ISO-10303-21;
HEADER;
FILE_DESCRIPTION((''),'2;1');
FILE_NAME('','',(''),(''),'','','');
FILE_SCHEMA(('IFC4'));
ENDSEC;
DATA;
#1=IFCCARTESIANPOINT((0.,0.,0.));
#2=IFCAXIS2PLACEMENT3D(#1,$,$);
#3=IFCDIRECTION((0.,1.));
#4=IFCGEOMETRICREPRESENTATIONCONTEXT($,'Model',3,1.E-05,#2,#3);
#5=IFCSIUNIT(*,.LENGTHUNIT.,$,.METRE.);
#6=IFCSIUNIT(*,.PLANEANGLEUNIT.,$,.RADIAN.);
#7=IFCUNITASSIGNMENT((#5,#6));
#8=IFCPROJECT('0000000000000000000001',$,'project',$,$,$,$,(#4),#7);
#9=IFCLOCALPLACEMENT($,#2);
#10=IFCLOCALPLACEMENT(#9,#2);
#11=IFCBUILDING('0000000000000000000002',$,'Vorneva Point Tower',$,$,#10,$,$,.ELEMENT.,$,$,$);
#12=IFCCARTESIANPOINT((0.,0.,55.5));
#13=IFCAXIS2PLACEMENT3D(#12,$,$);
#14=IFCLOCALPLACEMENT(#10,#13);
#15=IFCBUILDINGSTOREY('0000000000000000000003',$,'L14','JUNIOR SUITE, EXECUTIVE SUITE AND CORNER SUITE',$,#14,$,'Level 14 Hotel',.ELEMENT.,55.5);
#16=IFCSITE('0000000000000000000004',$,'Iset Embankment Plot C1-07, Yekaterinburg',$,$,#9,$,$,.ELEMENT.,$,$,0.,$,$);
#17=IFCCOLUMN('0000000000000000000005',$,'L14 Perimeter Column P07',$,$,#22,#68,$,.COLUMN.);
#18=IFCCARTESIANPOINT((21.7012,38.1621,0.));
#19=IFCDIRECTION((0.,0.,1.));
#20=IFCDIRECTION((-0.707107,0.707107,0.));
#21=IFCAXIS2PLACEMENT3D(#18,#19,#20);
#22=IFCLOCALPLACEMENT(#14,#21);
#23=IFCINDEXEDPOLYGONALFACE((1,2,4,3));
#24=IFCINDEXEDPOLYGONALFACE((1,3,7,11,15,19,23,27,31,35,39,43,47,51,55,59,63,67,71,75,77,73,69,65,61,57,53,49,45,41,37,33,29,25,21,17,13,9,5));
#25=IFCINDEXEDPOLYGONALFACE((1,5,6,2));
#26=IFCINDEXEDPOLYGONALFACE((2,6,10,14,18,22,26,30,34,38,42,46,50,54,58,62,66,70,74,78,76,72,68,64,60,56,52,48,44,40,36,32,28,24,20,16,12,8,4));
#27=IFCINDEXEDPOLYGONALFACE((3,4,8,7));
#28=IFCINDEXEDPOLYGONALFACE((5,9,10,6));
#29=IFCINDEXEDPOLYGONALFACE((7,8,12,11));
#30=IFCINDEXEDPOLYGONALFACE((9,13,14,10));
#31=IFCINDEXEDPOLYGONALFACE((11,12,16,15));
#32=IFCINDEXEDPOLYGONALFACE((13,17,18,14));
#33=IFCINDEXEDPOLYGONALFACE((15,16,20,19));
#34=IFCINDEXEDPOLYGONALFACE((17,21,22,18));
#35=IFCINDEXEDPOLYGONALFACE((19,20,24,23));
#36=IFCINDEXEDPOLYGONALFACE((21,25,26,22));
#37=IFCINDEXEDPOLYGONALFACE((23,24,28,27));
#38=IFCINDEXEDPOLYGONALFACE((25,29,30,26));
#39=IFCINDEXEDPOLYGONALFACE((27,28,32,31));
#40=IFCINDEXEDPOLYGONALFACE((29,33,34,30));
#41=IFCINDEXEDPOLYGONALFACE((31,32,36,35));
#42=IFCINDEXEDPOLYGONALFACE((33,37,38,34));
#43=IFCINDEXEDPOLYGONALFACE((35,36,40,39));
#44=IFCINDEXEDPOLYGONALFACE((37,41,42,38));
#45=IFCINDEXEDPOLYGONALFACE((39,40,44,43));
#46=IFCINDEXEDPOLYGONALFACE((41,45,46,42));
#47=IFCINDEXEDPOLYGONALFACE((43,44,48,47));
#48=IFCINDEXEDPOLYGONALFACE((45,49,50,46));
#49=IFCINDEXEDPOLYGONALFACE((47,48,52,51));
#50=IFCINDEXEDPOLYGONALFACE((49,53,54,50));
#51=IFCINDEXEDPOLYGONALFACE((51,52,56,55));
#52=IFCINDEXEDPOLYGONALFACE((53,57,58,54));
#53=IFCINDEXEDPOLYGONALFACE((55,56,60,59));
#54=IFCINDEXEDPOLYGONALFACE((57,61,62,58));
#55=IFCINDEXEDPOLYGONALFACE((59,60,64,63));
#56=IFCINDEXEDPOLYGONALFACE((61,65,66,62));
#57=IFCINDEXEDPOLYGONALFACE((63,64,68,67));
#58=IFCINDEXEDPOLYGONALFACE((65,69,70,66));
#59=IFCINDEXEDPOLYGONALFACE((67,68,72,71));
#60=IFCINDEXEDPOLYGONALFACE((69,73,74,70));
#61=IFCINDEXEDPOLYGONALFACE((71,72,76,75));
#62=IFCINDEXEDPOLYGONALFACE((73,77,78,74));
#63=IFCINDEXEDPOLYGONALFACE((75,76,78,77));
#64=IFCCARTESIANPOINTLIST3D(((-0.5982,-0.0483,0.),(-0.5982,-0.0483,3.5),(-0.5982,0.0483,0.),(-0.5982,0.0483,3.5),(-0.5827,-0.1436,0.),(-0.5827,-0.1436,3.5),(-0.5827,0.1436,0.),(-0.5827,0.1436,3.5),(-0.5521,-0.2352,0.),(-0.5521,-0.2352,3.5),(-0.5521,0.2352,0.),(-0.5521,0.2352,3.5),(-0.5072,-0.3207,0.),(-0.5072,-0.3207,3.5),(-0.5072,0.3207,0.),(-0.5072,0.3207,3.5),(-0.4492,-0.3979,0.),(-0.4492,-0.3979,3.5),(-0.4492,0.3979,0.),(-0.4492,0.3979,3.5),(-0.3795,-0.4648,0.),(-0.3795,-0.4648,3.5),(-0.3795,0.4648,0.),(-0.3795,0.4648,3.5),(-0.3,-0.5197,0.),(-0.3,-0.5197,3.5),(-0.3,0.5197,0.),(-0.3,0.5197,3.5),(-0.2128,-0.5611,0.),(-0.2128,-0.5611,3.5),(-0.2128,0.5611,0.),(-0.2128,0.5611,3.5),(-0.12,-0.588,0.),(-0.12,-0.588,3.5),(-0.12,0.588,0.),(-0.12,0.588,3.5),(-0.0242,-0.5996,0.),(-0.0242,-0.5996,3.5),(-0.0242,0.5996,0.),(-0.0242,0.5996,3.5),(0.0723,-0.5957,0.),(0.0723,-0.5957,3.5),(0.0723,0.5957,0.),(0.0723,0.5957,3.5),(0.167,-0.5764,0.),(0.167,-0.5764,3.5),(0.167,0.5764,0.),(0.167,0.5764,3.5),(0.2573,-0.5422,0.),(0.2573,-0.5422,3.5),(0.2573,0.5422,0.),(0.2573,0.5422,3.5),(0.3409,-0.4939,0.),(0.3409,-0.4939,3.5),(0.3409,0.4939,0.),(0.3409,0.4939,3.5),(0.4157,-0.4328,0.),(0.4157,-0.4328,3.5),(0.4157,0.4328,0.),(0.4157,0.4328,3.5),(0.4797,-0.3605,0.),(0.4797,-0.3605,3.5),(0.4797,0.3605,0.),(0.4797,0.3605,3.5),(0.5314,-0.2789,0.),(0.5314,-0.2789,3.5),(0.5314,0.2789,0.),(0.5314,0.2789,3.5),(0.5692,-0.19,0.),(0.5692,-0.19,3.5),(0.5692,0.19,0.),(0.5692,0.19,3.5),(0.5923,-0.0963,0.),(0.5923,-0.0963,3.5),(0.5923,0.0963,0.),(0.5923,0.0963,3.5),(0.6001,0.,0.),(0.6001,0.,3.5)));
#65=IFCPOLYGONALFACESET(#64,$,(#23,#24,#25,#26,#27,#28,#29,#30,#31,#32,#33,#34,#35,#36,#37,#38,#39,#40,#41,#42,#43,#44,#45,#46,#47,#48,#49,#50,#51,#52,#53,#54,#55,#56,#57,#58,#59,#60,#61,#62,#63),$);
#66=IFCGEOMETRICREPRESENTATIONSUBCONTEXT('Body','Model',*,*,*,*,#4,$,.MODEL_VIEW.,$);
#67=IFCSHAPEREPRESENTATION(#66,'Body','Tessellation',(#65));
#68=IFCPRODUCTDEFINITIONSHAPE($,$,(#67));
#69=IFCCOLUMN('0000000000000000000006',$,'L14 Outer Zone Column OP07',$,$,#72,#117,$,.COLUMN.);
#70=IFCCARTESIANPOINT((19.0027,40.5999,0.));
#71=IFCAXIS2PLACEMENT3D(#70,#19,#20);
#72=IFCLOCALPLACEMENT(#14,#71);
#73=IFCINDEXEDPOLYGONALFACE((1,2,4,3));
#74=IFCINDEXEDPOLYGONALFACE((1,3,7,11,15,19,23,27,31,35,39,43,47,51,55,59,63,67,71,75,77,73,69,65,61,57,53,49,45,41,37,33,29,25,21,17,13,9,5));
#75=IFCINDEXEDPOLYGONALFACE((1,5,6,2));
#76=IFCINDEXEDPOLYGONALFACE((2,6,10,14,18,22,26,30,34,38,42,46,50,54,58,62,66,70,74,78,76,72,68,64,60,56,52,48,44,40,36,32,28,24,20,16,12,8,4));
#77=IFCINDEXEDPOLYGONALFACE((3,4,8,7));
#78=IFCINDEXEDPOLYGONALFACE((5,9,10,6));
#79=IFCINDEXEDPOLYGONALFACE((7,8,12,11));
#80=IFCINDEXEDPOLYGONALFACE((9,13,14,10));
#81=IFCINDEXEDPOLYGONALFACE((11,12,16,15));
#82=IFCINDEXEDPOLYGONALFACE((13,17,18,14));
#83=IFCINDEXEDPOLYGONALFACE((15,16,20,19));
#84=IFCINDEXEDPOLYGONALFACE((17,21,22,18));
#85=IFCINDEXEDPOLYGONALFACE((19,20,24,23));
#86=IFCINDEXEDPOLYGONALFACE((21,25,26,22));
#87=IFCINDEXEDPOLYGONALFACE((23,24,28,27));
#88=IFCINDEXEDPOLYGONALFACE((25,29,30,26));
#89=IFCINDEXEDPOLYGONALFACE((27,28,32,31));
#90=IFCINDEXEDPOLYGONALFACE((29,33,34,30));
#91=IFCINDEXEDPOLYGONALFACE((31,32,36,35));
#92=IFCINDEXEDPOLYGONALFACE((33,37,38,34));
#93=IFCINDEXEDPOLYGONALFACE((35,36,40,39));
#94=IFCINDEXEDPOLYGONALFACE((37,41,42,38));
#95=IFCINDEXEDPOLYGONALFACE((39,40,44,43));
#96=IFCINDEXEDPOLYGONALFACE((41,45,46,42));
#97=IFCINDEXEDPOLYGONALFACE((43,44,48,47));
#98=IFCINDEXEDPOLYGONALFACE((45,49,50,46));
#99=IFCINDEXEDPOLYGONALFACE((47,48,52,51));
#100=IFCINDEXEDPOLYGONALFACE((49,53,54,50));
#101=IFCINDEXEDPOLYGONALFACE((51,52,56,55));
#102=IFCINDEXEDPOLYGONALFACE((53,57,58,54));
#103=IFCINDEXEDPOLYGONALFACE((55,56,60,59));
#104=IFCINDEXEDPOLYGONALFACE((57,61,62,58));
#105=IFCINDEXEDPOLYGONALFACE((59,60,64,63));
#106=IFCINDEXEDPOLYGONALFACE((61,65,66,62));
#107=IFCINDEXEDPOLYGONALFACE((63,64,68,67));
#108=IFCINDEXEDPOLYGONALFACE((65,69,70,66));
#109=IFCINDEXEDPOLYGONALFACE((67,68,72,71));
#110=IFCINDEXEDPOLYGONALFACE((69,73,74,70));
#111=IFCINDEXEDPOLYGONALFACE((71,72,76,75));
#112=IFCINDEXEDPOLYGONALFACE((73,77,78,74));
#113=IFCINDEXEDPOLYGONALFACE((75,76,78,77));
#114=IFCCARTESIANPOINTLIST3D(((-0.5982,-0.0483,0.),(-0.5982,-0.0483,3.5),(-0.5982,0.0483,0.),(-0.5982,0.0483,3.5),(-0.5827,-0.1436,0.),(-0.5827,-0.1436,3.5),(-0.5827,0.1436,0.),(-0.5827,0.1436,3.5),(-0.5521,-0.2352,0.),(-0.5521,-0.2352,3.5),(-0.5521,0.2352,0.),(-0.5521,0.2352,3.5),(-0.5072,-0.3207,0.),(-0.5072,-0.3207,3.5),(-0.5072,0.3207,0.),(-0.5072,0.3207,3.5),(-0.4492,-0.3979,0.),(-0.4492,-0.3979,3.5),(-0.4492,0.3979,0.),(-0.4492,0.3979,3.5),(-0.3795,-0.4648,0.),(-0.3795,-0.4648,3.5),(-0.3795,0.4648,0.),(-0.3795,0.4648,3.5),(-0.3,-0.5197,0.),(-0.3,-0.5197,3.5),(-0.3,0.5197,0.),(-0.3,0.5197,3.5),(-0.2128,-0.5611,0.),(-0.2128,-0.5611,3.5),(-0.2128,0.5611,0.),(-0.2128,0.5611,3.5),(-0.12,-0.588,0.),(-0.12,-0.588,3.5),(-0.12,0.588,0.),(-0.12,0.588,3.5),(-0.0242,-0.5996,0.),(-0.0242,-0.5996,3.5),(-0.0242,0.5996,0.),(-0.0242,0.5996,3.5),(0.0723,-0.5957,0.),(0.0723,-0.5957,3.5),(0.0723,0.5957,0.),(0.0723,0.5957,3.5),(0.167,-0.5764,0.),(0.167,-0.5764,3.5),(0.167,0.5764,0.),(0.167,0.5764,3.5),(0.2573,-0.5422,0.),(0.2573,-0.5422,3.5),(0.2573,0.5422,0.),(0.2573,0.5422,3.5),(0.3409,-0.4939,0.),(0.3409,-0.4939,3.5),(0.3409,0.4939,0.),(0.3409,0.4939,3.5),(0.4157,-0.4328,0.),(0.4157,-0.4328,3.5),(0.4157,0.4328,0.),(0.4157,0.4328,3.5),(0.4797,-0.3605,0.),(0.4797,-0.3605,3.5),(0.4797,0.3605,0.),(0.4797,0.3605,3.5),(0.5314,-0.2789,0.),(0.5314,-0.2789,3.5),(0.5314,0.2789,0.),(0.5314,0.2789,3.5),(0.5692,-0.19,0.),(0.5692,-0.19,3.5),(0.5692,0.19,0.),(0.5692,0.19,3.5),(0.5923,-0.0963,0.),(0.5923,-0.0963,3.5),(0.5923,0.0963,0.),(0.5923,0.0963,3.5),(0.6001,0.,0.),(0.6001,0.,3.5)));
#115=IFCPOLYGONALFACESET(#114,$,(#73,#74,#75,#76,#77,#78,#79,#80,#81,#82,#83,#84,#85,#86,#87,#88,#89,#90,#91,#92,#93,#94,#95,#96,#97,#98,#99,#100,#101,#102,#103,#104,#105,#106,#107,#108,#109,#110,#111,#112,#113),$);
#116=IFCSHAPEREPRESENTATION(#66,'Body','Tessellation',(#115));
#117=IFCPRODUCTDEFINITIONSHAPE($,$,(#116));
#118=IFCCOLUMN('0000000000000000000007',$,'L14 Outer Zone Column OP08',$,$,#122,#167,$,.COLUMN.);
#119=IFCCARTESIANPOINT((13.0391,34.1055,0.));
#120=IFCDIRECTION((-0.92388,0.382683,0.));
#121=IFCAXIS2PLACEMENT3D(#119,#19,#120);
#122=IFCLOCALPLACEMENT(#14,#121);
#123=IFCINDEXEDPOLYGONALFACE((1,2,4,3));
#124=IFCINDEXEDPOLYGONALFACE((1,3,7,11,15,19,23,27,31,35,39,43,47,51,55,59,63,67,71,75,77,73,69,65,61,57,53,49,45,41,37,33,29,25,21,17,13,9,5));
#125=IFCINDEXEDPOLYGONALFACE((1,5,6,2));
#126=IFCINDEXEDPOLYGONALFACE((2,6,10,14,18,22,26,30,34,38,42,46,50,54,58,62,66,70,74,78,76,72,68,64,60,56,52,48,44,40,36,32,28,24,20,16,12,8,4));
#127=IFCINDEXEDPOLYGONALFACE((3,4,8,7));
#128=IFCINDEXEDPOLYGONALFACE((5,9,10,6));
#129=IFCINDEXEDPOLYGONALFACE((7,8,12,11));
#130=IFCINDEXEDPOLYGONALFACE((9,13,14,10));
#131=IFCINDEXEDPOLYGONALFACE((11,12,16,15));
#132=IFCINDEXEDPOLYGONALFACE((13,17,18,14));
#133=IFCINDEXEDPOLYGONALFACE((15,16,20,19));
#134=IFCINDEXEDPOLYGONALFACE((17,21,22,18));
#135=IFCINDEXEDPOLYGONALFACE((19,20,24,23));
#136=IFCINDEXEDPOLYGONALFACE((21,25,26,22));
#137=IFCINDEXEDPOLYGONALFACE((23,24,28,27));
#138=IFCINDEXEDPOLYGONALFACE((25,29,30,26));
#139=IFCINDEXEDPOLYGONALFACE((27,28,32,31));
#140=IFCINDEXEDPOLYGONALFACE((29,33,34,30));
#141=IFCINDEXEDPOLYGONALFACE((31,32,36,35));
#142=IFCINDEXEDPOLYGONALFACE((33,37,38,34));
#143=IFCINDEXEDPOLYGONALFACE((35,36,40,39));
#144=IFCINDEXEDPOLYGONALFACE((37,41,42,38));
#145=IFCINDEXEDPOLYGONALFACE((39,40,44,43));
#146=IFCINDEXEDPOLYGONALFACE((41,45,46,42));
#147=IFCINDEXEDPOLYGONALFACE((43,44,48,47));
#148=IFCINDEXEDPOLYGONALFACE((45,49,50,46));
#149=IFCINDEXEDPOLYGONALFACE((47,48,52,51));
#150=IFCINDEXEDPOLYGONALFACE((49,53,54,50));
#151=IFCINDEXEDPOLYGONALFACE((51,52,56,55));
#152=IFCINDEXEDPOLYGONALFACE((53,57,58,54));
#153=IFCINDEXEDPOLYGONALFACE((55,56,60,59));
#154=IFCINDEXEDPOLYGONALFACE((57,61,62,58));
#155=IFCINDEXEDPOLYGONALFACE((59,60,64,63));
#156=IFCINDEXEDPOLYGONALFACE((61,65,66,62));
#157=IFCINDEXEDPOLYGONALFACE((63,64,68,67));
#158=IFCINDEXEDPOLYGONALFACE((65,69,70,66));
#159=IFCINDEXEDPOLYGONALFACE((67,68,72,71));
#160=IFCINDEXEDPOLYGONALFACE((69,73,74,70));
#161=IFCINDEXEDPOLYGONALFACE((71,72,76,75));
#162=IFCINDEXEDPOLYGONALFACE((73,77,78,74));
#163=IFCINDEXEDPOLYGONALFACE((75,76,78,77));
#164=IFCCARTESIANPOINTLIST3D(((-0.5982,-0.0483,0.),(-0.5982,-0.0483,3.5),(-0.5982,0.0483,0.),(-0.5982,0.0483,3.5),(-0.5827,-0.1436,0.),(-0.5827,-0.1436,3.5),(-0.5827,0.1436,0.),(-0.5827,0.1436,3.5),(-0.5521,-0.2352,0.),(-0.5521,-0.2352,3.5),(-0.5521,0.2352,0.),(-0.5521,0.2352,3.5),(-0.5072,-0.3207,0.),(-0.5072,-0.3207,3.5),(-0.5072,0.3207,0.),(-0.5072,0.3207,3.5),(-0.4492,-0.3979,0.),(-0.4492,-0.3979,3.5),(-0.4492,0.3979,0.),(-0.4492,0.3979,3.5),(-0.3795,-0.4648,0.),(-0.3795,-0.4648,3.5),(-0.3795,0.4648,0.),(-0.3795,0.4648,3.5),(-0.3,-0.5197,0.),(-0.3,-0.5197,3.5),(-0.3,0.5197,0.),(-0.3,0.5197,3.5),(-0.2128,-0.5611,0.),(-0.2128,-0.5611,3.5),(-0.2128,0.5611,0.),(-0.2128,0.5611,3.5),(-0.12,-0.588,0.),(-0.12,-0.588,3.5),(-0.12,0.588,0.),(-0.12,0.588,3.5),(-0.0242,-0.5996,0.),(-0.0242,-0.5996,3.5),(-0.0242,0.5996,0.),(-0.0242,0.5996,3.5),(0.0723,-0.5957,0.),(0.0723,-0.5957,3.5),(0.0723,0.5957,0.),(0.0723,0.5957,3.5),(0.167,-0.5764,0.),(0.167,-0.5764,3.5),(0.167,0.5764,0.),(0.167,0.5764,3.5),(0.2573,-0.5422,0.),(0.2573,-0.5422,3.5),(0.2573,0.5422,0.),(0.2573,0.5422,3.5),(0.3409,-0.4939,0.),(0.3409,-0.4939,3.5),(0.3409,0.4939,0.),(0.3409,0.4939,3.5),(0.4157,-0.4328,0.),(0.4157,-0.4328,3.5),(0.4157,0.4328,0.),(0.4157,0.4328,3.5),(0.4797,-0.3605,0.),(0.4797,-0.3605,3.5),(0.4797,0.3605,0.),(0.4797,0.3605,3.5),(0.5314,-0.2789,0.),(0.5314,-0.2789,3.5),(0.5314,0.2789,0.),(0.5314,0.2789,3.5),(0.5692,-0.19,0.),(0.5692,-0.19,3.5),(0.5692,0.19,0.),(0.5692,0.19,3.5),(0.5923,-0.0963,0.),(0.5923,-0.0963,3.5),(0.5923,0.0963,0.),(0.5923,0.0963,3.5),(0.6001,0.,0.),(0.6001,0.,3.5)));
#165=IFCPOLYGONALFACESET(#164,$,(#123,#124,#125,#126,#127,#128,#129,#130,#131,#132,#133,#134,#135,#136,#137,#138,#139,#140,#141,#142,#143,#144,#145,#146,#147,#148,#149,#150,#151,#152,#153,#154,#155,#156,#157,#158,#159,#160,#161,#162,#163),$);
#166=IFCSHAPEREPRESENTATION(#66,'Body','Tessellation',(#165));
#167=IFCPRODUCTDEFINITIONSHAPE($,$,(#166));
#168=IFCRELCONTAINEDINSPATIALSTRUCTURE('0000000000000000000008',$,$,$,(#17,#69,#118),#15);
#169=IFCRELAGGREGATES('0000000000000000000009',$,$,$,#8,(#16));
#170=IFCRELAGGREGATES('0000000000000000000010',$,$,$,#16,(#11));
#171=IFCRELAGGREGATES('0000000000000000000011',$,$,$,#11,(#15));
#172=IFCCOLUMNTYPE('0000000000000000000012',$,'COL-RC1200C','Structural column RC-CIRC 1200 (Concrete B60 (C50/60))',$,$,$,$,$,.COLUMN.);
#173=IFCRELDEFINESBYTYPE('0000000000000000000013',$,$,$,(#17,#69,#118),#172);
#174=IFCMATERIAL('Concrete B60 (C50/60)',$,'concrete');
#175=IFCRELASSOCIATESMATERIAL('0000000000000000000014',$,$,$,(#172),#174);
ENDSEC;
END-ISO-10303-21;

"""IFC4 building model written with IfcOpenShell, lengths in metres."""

from ifc_helpers import new_model, si_unit, direction, frame, origin, origin_2d, place, context, subcontext, project, spatial, circle, extrude, material, material_profile, profile_set, type_object, element, save


model = new_model("IFC4")

# Units and contexts
model_context = context("Model", 3, precision=1e-05, world=origin(), true_north=direction((0.0, 1.0)))
body_context = subcontext(model_context, "Body", "Model", "MODEL_VIEW")
ifc_project = project(units=[si_unit("LENGTHUNIT", "METRE"), si_unit("PLANEANGLEUNIT", "RADIAN")], contexts=[model_context])

# Site, building, storey
site_placement = place(None, origin())
site = spatial("IfcSite", under=ifc_project, at=site_placement, Name="Iset Embankment Plot C1-07, Yekaterinburg", CompositionType="ELEMENT", RefElevation=0.0)
building_placement = place(site_placement, origin())
building = spatial("IfcBuilding", under=site, at=building_placement, Name="Vorneva Point Tower", CompositionType="ELEMENT")
storey_placement = place(building_placement, frame((0.0, 0.0, 55.5)))
storey = spatial("IfcBuildingStorey", under=building, at=storey_placement, Name="L14", Description="JUNIOR SUITE, EXECUTIVE SUITE AND CORNER SUITE", LongName="Level 14 Hotel", CompositionType="ELEMENT", Elevation=55.5)

# Columns
ifc_material_1 = material(Name="Concrete B60 (C50/60)", Category="concrete")
ifc_material_profile_1 = material_profile(ifc_material_1, circle(Radius=0.6001, at=origin_2d()), Name="RC-CIRC 1200")
ifc_profile_set_1 = profile_set([ifc_material_profile_1], Name="Concrete B60 (C50/60)")
column_type = type_object("IfcColumnType", Name="COL-RC1200C", Description="Structural column RC-CIRC 1200 (Concrete B60 (C50/60))", PredefinedType="COLUMN", material=ifc_profile_set_1)
for number, where, z_axis, x_axis, name in (
    (1, (21.7012, 38.1621, 0.0), (0.0, 0.0, 1.0), (-0.707107, 0.707107, 0.0), "L14 Perimeter Column P07"),
    (2, (19.0027, 40.5999, 0.0), (0.0, 0.0, 1.0), (-0.707107, 0.707107, 0.0), "L14 Outer Zone Column OP07"),
    (3, (13.0391, 34.1055, 0.0), (0.0, 0.0, 1.0), (-0.92388, 0.382683, 0.0), "L14 Outer Zone Column OP08"),
):
    element("IfcColumn", number, at=place(storey_placement, frame(where, z_axis=z_axis, x_axis=x_axis)), inside=storey, type_object=column_type, Name=name, PredefinedType="COLUMN", context=body_context, shape_type="SweptSolid", body=[
        extrude(circle(Radius=0.6001, at=origin_2d()), origin(), (0.0, 0.0, 1.0), 3.5),
    ])

save(model, "model.ifc")
